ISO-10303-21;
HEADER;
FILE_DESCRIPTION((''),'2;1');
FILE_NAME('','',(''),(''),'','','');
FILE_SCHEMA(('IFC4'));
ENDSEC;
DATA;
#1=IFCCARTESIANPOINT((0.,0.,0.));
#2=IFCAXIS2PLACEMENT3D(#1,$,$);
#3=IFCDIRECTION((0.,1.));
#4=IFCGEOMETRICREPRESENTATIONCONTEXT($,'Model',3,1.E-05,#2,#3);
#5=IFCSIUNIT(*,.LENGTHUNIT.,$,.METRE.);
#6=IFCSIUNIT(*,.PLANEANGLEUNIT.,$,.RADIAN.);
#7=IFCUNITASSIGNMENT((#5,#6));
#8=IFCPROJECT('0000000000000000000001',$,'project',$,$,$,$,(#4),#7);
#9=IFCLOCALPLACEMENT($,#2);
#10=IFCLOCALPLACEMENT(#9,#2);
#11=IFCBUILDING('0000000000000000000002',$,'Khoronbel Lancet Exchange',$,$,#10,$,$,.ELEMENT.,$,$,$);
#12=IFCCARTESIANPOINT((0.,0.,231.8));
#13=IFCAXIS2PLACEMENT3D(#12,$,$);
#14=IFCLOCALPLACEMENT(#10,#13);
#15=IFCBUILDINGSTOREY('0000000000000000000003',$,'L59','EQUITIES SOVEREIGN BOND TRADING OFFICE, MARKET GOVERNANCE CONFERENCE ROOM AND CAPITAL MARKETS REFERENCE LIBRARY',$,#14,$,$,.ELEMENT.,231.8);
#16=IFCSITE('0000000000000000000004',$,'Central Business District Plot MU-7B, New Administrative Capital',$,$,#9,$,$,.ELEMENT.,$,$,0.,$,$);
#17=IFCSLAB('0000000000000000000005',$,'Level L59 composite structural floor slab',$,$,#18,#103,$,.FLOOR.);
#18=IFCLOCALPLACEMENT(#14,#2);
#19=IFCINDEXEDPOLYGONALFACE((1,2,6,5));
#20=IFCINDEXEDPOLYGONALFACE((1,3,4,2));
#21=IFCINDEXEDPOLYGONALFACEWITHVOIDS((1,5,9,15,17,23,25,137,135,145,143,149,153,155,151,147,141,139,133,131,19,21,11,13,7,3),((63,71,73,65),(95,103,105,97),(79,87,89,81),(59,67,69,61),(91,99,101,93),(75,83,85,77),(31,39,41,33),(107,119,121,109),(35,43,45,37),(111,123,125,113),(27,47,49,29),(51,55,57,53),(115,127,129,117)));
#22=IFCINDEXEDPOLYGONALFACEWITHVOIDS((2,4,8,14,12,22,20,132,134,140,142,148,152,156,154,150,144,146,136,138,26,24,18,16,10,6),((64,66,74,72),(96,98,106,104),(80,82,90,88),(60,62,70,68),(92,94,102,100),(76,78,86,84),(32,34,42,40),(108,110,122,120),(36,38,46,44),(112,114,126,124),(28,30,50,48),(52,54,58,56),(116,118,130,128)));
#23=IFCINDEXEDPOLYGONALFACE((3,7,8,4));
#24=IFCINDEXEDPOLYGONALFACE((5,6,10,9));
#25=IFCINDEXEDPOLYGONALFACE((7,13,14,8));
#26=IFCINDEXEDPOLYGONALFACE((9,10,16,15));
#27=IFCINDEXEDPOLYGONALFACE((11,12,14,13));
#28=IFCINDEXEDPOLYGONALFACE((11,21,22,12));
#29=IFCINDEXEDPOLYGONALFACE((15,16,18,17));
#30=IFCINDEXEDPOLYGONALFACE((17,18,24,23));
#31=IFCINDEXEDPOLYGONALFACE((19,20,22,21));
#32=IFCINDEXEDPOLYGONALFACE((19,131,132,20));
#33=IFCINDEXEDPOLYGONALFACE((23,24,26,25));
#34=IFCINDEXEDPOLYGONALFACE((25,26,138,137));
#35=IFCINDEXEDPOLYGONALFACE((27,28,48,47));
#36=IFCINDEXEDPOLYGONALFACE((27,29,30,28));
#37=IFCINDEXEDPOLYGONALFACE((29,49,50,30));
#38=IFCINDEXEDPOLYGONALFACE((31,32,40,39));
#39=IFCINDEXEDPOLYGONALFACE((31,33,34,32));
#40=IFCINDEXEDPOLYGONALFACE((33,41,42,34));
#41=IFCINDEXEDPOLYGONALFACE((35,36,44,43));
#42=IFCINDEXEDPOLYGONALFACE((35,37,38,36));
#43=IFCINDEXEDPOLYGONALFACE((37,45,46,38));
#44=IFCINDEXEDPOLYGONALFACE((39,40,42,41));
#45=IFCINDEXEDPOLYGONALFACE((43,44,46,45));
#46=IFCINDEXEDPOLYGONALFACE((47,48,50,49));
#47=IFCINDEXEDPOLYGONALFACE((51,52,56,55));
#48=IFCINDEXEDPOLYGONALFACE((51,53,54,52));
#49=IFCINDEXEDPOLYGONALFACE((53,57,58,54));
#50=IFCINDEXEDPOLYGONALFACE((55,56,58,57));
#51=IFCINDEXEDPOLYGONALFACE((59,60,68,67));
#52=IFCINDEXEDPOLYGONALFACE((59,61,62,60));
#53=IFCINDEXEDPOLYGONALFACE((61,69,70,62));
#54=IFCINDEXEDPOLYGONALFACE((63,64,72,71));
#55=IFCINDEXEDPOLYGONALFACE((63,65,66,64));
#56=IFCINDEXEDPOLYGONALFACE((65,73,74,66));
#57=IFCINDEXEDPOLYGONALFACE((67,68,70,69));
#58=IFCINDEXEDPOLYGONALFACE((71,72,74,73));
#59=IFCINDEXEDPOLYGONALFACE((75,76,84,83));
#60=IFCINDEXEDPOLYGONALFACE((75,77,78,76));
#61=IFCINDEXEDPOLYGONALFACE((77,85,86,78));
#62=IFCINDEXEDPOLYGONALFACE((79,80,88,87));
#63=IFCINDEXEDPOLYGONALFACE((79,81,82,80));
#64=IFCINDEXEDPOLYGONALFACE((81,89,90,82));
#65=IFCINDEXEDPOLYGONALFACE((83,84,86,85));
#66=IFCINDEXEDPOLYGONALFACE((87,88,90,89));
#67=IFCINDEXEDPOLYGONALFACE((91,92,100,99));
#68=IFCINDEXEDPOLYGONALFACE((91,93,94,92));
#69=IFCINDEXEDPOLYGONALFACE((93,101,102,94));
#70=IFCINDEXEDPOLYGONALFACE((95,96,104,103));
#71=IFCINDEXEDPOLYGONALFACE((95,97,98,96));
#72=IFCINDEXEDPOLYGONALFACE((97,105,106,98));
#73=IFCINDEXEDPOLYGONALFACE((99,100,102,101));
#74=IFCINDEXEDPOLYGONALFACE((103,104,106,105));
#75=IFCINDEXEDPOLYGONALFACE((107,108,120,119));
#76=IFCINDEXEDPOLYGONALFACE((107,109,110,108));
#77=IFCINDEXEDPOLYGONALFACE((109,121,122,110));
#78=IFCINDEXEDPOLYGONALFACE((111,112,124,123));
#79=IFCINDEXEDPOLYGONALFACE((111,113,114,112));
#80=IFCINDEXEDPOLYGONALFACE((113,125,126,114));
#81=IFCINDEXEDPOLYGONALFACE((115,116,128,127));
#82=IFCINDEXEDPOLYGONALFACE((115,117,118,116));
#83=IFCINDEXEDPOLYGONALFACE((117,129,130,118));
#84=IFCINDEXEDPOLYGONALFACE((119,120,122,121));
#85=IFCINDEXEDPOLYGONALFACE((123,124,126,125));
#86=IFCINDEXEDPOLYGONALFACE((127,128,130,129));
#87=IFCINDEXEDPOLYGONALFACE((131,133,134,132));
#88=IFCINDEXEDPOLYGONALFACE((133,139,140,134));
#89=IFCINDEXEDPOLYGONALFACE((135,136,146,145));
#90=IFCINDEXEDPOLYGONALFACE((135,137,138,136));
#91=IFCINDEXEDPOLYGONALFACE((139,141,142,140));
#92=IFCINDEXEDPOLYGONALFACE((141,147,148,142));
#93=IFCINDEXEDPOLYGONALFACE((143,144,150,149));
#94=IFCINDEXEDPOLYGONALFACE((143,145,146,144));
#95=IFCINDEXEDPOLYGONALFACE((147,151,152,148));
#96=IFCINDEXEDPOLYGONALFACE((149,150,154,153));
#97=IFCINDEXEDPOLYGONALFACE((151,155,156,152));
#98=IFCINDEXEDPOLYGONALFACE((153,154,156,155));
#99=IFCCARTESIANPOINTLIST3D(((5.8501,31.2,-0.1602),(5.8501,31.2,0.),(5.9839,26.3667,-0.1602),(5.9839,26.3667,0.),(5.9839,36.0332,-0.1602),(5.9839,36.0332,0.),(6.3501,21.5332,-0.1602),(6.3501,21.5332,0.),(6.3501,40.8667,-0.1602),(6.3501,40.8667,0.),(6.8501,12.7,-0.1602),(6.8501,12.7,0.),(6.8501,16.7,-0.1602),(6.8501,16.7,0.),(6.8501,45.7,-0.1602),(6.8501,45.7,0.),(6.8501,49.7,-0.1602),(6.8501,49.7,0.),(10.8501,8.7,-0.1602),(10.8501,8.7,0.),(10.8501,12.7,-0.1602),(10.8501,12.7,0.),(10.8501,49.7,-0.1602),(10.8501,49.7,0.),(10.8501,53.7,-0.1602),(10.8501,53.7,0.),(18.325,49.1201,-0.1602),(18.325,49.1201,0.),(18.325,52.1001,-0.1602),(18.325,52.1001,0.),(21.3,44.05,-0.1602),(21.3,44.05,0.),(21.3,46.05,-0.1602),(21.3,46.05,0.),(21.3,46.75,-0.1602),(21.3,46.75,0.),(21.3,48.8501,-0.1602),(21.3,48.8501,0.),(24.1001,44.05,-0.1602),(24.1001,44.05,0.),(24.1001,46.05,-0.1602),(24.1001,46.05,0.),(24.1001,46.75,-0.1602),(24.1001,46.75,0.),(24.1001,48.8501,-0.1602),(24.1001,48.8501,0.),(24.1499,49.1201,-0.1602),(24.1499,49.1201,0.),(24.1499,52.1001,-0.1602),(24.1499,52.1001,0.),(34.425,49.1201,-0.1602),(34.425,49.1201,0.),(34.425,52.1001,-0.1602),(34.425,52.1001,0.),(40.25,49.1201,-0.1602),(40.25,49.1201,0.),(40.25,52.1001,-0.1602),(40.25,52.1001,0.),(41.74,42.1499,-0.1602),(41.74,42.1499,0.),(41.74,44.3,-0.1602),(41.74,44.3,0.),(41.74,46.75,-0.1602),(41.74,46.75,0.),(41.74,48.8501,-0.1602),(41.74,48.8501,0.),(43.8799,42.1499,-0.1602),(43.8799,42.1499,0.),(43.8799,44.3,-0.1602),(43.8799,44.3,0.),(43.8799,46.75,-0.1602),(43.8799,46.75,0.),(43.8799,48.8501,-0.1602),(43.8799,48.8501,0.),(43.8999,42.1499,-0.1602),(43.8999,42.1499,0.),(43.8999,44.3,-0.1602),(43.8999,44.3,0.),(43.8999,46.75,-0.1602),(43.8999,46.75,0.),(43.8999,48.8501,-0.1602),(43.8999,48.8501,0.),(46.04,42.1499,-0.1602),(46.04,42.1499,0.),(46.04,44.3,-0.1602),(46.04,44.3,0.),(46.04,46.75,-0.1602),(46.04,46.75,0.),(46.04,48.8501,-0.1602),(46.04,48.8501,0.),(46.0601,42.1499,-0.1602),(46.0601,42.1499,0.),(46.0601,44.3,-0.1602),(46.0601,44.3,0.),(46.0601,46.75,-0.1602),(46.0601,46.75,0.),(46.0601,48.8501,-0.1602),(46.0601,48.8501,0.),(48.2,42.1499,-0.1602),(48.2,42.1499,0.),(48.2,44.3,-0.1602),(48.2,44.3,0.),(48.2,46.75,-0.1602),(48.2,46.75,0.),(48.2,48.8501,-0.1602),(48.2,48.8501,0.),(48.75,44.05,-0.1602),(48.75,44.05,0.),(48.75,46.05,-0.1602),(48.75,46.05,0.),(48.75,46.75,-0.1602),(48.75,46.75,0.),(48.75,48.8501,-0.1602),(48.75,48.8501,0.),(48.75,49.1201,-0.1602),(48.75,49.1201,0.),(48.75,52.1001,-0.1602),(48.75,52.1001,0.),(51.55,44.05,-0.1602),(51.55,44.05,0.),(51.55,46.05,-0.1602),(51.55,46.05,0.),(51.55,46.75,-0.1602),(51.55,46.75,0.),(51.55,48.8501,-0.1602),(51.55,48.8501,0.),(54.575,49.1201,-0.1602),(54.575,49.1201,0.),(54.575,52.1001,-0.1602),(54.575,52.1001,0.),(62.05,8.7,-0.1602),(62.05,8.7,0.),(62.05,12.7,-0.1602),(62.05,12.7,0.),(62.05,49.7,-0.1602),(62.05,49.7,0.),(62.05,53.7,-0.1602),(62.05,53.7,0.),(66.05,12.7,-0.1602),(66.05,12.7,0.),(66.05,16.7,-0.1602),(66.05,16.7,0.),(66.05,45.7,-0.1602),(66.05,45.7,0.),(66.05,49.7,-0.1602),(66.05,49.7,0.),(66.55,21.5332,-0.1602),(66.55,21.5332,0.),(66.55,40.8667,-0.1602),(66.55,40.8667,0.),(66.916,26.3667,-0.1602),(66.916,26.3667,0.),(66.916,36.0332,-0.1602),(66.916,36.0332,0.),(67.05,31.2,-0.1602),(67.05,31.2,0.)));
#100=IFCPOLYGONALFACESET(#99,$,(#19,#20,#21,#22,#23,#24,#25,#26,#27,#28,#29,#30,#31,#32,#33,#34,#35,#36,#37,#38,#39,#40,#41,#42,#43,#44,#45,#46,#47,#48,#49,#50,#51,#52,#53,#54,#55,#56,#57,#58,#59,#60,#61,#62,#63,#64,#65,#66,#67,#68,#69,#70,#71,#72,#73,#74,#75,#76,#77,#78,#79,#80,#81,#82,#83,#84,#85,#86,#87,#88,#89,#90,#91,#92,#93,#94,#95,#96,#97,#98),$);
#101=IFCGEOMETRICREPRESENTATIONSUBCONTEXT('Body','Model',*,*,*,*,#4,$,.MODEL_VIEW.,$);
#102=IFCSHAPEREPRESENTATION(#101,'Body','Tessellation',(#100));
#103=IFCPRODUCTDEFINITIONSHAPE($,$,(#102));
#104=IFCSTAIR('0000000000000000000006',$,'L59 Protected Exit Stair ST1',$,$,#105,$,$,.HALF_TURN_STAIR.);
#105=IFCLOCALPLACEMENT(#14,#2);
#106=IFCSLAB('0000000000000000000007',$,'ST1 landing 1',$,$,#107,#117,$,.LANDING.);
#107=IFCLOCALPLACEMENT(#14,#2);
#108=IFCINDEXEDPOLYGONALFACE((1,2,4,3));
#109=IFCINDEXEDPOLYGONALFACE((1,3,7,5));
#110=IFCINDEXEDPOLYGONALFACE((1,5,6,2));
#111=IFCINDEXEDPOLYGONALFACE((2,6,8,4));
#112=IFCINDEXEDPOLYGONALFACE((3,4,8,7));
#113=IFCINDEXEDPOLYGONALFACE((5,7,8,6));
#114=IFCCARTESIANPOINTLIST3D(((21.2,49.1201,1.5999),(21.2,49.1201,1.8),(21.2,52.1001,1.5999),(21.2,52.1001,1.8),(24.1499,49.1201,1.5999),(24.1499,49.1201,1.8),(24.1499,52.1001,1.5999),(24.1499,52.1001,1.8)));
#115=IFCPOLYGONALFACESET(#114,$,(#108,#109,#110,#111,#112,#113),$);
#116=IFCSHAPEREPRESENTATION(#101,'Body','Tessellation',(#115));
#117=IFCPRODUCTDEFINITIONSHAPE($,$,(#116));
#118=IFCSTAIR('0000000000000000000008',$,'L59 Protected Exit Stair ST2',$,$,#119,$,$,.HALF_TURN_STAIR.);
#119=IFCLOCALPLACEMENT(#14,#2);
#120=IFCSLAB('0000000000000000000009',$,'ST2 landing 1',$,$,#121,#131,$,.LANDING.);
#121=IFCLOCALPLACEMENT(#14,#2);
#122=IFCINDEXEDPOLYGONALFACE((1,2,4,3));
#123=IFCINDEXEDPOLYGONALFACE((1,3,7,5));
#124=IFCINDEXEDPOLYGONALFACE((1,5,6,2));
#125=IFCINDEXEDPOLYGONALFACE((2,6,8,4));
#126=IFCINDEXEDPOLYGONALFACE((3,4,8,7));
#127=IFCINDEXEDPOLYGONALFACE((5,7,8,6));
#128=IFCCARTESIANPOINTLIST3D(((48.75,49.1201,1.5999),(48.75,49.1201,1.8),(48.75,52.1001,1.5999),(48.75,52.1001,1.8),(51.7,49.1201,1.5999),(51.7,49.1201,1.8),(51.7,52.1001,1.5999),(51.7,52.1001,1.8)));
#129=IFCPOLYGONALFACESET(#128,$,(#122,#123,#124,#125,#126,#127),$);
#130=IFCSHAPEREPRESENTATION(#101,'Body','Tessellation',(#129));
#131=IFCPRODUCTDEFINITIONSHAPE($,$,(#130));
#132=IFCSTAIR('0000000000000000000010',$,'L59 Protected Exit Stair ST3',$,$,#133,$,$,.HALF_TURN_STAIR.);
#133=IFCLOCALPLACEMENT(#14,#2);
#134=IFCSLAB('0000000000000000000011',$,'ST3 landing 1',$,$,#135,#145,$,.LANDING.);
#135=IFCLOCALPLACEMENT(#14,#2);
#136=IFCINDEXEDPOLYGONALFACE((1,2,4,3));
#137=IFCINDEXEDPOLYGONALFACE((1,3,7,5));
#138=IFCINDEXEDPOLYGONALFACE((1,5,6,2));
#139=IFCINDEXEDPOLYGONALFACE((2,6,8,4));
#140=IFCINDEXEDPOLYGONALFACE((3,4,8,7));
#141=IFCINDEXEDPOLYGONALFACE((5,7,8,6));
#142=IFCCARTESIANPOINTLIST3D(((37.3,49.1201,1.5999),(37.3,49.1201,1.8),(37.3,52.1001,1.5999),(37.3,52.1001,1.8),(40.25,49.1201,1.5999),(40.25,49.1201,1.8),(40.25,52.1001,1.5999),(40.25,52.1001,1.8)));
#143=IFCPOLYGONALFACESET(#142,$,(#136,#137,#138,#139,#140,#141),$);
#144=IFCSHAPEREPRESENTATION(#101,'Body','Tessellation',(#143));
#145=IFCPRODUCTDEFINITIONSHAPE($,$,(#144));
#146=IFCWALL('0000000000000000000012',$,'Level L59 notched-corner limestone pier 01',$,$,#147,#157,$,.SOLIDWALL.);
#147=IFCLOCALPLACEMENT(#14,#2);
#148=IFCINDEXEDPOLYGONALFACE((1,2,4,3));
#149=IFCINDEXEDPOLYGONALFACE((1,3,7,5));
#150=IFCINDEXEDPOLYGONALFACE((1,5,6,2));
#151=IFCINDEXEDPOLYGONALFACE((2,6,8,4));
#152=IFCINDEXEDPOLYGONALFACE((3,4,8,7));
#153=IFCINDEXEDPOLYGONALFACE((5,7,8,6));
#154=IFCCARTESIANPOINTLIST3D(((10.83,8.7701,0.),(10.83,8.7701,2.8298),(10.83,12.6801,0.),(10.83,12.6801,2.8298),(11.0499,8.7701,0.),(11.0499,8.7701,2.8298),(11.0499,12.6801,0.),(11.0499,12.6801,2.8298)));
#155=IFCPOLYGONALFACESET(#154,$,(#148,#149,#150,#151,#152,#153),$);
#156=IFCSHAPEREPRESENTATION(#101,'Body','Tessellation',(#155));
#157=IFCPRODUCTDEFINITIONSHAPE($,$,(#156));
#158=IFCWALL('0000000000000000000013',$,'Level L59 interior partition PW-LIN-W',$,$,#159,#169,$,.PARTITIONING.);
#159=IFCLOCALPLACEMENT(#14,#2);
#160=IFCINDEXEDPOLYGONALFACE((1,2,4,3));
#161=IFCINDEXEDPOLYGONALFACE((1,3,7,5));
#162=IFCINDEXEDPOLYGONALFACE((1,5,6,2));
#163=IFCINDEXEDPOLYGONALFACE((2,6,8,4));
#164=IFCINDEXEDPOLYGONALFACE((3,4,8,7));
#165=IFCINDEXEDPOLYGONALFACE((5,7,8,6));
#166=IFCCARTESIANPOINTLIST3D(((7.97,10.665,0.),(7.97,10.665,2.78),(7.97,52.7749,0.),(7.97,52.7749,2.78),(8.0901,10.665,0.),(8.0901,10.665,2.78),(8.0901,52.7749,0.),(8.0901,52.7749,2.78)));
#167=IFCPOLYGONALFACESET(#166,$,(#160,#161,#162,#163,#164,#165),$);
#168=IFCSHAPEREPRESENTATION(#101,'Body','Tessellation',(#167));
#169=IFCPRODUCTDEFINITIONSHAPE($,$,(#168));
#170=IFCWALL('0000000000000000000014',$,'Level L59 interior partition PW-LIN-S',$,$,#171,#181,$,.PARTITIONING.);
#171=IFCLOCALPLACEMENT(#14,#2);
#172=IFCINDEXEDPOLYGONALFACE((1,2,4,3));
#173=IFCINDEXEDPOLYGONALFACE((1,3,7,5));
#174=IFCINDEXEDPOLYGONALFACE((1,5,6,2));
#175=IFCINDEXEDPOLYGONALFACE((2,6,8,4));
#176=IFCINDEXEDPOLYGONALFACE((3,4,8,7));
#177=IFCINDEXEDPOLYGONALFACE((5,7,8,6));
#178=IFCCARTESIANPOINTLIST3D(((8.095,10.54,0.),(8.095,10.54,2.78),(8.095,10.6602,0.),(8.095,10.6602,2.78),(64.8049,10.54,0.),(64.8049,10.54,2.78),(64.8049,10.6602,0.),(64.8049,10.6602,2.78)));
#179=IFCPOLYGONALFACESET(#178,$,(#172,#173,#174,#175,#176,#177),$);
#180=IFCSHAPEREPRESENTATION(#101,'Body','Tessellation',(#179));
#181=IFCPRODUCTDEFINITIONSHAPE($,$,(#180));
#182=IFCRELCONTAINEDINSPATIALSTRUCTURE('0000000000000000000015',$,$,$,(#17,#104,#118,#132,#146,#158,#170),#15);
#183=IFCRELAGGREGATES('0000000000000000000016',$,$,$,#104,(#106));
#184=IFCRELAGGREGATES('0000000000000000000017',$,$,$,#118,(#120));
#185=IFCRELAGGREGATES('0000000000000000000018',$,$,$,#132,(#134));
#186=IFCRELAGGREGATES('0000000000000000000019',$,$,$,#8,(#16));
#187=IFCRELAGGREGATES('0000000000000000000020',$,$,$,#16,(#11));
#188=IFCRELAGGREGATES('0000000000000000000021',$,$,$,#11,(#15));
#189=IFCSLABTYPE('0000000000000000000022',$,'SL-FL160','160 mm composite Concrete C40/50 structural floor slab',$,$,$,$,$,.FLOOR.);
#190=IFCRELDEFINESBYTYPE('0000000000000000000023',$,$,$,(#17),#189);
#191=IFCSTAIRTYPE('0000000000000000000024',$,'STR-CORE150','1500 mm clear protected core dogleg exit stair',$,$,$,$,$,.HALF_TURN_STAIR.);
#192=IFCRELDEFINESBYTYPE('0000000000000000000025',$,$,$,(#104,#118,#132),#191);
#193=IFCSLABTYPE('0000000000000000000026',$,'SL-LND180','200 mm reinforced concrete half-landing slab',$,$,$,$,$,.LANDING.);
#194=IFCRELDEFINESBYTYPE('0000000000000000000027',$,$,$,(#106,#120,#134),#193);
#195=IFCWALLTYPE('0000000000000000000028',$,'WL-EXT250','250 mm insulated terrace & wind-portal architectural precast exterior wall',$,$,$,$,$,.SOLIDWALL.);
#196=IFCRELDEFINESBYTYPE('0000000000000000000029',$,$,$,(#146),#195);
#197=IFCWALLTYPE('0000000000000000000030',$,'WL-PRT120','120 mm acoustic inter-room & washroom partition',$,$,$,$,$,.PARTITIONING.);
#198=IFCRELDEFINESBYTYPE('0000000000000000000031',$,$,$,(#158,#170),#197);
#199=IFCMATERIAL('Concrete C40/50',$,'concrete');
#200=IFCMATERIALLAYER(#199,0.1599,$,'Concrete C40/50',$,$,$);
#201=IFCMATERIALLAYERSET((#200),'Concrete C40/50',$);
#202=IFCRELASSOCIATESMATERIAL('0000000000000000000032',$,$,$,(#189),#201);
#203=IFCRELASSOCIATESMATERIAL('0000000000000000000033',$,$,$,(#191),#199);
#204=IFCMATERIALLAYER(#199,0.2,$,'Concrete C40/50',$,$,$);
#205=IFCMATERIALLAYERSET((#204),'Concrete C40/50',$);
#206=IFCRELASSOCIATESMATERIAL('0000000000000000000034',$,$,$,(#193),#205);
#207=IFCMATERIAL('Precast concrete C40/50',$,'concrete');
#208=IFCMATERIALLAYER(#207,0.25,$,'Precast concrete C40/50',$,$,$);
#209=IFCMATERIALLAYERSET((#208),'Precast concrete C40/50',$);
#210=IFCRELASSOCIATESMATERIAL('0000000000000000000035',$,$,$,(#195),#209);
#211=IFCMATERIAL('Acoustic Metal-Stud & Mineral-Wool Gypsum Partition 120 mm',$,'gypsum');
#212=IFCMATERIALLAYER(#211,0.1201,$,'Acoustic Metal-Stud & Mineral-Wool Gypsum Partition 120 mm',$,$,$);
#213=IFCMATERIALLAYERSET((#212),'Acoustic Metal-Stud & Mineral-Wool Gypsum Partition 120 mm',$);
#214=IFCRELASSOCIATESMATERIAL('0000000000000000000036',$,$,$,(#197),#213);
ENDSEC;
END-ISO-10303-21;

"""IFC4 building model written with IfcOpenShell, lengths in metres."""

from ifc_helpers import new_model, si_unit, direction, frame, frame_2d, origin, place, context, subcontext, project, spatial, polyline, rectangle, outline, extrude, material, layer, layer_set, type_object, element, aggregate, save


model = new_model("IFC4")

# Units and contexts
model_context = context("Model", 3, precision=1e-05, world=origin(), true_north=direction((0.0, 1.0)))
body_context = subcontext(model_context, "Body", "Model", "MODEL_VIEW")
ifc_project = project(units=[si_unit("LENGTHUNIT", "METRE"), si_unit("PLANEANGLEUNIT", "RADIAN")], contexts=[model_context])

# Site, building, storey
site_placement = place(None, origin())
site = spatial("IfcSite", under=ifc_project, at=site_placement, Name="Central Business District Plot MU-7B, New Administrative Capital", CompositionType="ELEMENT", RefElevation=0.0)
building_placement = place(site_placement, origin())
building = spatial("IfcBuilding", under=site, at=building_placement, Name="Khoronbel Lancet Exchange", CompositionType="ELEMENT")
storey_placement = place(building_placement, frame((0.0, 0.0, 231.8)))
storey = spatial("IfcBuildingStorey", under=building, at=storey_placement, Name="L59", Description="EQUITIES SOVEREIGN BOND TRADING OFFICE, MARKET GOVERNANCE CONFERENCE ROOM AND CAPITAL MARKETS REFERENCE LIBRARY", CompositionType="ELEMENT", Elevation=231.8)

# Slab
ifc_material_1 = material(Name="Concrete C40/50", Category="concrete")
ifc_layer_1 = layer(ifc_material_1, 0.1599, Name="Concrete C40/50")
ifc_layer_set_1 = layer_set([ifc_layer_1], Name="Concrete C40/50")
slab_type_1 = type_object("IfcSlabType", Name="SL-FL160", Description="160 mm composite Concrete C40/50 structural floor slab", PredefinedType="FLOOR", material=ifc_layer_set_1)
slab_1_placement = place(storey_placement, frame((0.0, 0.0, -0.1602)))
element("IfcSlab", 1, at=slab_1_placement, inside=storey, type_object=slab_type_1, Name="Level L59 composite structural floor slab", PredefinedType="FLOOR", context=body_context, shape_type="SweptSolid", body=[
    extrude(outline(polyline([(10.8501, 8.7), (62.05, 8.7), (62.05, 12.7), (66.05, 12.7), (66.05, 16.7), (66.55, 21.5332), (66.916, 26.3667), (67.05, 31.2), (66.916, 36.0332), (66.55, 40.8667), (66.05, 45.7), (66.05, 49.7), (62.05, 49.7), (62.05, 53.7), (10.8501, 53.7), (10.8501, 49.7), (6.8501, 49.7), (6.8501, 45.7), (6.3501, 40.8667), (5.9839, 36.0332), (5.8501, 31.2), (5.9839, 26.3667), (6.3501, 21.5332), (6.8501, 16.7), (6.8501, 12.7), (10.8501, 12.7), (10.8501, 8.7)]), holes=[polyline([(18.325, 49.1201), (24.1499, 49.1201), (24.1499, 52.1001), (18.325, 52.1001), (18.325, 49.1201)]), polyline([(48.75, 49.1201), (54.575, 49.1201), (54.575, 52.1001), (48.75, 52.1001), (48.75, 49.1201)]), polyline([(34.425, 49.1201), (40.25, 49.1201), (40.25, 52.1001), (34.425, 52.1001), (34.425, 49.1201)]), polyline([(41.74, 46.75), (43.8799, 46.75), (43.8799, 48.8501), (41.74, 48.8501), (41.74, 46.75)]), polyline([(43.8999, 46.75), (46.04, 46.75), (46.04, 48.8501), (43.8999, 48.8501), (43.8999, 46.75)]), polyline([(46.0601, 46.75), (48.2, 46.75), (48.2, 48.8501), (46.0601, 48.8501), (46.0601, 46.75)]), polyline([(41.74, 42.1499), (43.8799, 42.1499), (43.8799, 44.3), (41.74, 44.3), (41.74, 42.1499)]), polyline([(43.8999, 42.1499), (46.04, 42.1499), (46.04, 44.3), (43.8999, 44.3), (43.8999, 42.1499)]), polyline([(46.0601, 42.1499), (48.2, 42.1499), (48.2, 44.3), (46.0601, 44.3), (46.0601, 42.1499)]), polyline([(21.3, 46.75), (24.1001, 46.75), (24.1001, 48.8501), (21.3, 48.8501), (21.3, 46.75)]), polyline([(48.75, 46.75), (51.55, 46.75), (51.55, 48.8501), (48.75, 48.8501), (48.75, 46.75)]), polyline([(21.3, 44.05), (24.1001, 44.05), (24.1001, 46.05), (21.3, 46.05), (21.3, 44.05)]), polyline([(48.75, 44.05), (51.55, 44.05), (51.55, 46.05), (48.75, 46.05), (48.75, 44.05)])]), origin(), (0.0, 0.0, 1.0), 0.1602),
])

# Stairs, slabs
stair_type = type_object("IfcStairType", Name="STR-CORE150", Description="1500 mm clear protected core dogleg exit stair", PredefinedType="HALF_TURN_STAIR", material=ifc_material_1)
stair_1_placement = place(storey_placement, origin())
stair_1 = element("IfcStair", 2, at=stair_1_placement, inside=storey, type_object=stair_type, Name="L59 Protected Exit Stair ST1", PredefinedType="HALF_TURN_STAIR")
ifc_layer_2 = layer(ifc_material_1, 0.2, Name="Concrete C40/50")
ifc_layer_set_2 = layer_set([ifc_layer_2], Name="Concrete C40/50")
slab_type_2 = type_object("IfcSlabType", Name="SL-LND180", Description="200 mm reinforced concrete half-landing slab", PredefinedType="LANDING", material=ifc_layer_set_2)
slab_2_placement = place(storey_placement, frame((0.0, 0.0, 1.5999)))
slab_2 = element("IfcSlab", 3, at=slab_2_placement, type_object=slab_type_2, Name="ST1 landing 1", PredefinedType="LANDING", context=body_context, shape_type="SweptSolid", body=[
    extrude(outline(polyline([(21.2, 49.1201), (24.1499, 49.1201), (24.1499, 52.1001), (21.2, 52.1001), (21.2, 49.1201)])), origin(), (0.0, 0.0, 1.0), 0.2002),
])
aggregate(stair_1, [slab_2])
stair_2_placement = place(storey_placement, origin())
stair_2 = element("IfcStair", 4, at=stair_2_placement, inside=storey, type_object=stair_type, Name="L59 Protected Exit Stair ST2", PredefinedType="HALF_TURN_STAIR")
slab_3_placement = place(storey_placement, frame((0.0, 0.0, 1.5999)))
slab_3 = element("IfcSlab", 5, at=slab_3_placement, type_object=slab_type_2, Name="ST2 landing 1", PredefinedType="LANDING", context=body_context, shape_type="SweptSolid", body=[
    extrude(outline(polyline([(51.7, 52.1001), (48.75, 52.1001), (48.75, 49.1201), (51.7, 49.1201), (51.7, 52.1001)])), origin(), (0.0, 0.0, 1.0), 0.2002),
])
aggregate(stair_2, [slab_3])
stair_3_placement = place(storey_placement, origin())
stair_3 = element("IfcStair", 6, at=stair_3_placement, inside=storey, type_object=stair_type, Name="L59 Protected Exit Stair ST3", PredefinedType="HALF_TURN_STAIR")
slab_4_placement = place(storey_placement, frame((0.0, 0.0, 1.5999)))
slab_4 = element("IfcSlab", 7, at=slab_4_placement, type_object=slab_type_2, Name="ST3 landing 1", PredefinedType="LANDING", context=body_context, shape_type="SweptSolid", body=[
    extrude(outline(polyline([(37.3, 49.1201), (40.25, 49.1201), (40.25, 52.1001), (37.3, 52.1001), (37.3, 49.1201)])), origin(), (0.0, 0.0, 1.0), 0.2002),
])
aggregate(stair_3, [slab_4])

# Walls
ifc_material_2 = material(Name="Precast concrete C40/50", Category="concrete")
ifc_layer_3 = layer(ifc_material_2, 0.25, Name="Precast concrete C40/50")
ifc_layer_set_3 = layer_set([ifc_layer_3], Name="Precast concrete C40/50")
wall_type_1 = type_object("IfcWallType", Name="WL-EXT250", Description="250 mm insulated terrace & wind-portal architectural precast exterior wall", PredefinedType="SOLIDWALL", material=ifc_layer_set_3)
wall_1_placement = place(storey_placement, frame((10.9399, 8.77, 0.0), z_axis=(0.0, 0.0, 1.0), x_axis=(0.0, 1.0, 0.0)))
element("IfcWall", 8, at=wall_1_placement, inside=storey, type_object=wall_type_1, Name="Level L59 notched-corner limestone pier 01", PredefinedType="SOLIDWALL", context=body_context, shape_type="SweptSolid", body=[
    extrude(rectangle(XDim=3.9099, YDim=0.22, at=frame_2d((1.9551, 0.0))), origin(), (0.0, 0.0, 1.0), 2.8298),
])
ifc_material_3 = material(Name="Acoustic Metal-Stud & Mineral-Wool Gypsum Partition 120 mm", Category="gypsum")
ifc_layer_4 = layer(ifc_material_3, 0.1201, Name="Acoustic Metal-Stud & Mineral-Wool Gypsum Partition 120 mm")
ifc_layer_set_4 = layer_set([ifc_layer_4], Name="Acoustic Metal-Stud & Mineral-Wool Gypsum Partition 120 mm")
wall_type_2 = type_object("IfcWallType", Name="WL-PRT120", Description="120 mm acoustic inter-room & washroom partition", PredefinedType="PARTITIONING", material=ifc_layer_set_4)
wall_2_placement = place(storey_placement, frame((8.03, 10.665, 0.0), z_axis=(0.0, 0.0, 1.0), x_axis=(0.0, 1.0, 0.0)))
element("IfcWall", 9, at=wall_2_placement, inside=storey, type_object=wall_type_2, Name="Level L59 interior partition PW-LIN-W", PredefinedType="PARTITIONING", context=body_context, shape_type="SweptSolid", body=[
    extrude(rectangle(XDim=42.1099, YDim=0.1201, at=frame_2d((21.0549, 0.0))), origin(), (0.0, 0.0, 1.0), 2.78),
])
wall_3_placement = place(storey_placement, frame((8.095, 10.6001, 0.0), z_axis=(0.0, 0.0, 1.0), x_axis=(1.0, 0.0, 0.0)))
element("IfcWall", 10, at=wall_3_placement, inside=storey, type_object=wall_type_2, Name="Level L59 interior partition PW-LIN-S", PredefinedType="PARTITIONING", context=body_context, shape_type="SweptSolid", body=[
    extrude(rectangle(XDim=56.71, YDim=0.1201, at=frame_2d((28.355, 0.0))), origin(), (0.0, 0.0, 1.0), 2.78),
])

save(model, "model.ifc")
